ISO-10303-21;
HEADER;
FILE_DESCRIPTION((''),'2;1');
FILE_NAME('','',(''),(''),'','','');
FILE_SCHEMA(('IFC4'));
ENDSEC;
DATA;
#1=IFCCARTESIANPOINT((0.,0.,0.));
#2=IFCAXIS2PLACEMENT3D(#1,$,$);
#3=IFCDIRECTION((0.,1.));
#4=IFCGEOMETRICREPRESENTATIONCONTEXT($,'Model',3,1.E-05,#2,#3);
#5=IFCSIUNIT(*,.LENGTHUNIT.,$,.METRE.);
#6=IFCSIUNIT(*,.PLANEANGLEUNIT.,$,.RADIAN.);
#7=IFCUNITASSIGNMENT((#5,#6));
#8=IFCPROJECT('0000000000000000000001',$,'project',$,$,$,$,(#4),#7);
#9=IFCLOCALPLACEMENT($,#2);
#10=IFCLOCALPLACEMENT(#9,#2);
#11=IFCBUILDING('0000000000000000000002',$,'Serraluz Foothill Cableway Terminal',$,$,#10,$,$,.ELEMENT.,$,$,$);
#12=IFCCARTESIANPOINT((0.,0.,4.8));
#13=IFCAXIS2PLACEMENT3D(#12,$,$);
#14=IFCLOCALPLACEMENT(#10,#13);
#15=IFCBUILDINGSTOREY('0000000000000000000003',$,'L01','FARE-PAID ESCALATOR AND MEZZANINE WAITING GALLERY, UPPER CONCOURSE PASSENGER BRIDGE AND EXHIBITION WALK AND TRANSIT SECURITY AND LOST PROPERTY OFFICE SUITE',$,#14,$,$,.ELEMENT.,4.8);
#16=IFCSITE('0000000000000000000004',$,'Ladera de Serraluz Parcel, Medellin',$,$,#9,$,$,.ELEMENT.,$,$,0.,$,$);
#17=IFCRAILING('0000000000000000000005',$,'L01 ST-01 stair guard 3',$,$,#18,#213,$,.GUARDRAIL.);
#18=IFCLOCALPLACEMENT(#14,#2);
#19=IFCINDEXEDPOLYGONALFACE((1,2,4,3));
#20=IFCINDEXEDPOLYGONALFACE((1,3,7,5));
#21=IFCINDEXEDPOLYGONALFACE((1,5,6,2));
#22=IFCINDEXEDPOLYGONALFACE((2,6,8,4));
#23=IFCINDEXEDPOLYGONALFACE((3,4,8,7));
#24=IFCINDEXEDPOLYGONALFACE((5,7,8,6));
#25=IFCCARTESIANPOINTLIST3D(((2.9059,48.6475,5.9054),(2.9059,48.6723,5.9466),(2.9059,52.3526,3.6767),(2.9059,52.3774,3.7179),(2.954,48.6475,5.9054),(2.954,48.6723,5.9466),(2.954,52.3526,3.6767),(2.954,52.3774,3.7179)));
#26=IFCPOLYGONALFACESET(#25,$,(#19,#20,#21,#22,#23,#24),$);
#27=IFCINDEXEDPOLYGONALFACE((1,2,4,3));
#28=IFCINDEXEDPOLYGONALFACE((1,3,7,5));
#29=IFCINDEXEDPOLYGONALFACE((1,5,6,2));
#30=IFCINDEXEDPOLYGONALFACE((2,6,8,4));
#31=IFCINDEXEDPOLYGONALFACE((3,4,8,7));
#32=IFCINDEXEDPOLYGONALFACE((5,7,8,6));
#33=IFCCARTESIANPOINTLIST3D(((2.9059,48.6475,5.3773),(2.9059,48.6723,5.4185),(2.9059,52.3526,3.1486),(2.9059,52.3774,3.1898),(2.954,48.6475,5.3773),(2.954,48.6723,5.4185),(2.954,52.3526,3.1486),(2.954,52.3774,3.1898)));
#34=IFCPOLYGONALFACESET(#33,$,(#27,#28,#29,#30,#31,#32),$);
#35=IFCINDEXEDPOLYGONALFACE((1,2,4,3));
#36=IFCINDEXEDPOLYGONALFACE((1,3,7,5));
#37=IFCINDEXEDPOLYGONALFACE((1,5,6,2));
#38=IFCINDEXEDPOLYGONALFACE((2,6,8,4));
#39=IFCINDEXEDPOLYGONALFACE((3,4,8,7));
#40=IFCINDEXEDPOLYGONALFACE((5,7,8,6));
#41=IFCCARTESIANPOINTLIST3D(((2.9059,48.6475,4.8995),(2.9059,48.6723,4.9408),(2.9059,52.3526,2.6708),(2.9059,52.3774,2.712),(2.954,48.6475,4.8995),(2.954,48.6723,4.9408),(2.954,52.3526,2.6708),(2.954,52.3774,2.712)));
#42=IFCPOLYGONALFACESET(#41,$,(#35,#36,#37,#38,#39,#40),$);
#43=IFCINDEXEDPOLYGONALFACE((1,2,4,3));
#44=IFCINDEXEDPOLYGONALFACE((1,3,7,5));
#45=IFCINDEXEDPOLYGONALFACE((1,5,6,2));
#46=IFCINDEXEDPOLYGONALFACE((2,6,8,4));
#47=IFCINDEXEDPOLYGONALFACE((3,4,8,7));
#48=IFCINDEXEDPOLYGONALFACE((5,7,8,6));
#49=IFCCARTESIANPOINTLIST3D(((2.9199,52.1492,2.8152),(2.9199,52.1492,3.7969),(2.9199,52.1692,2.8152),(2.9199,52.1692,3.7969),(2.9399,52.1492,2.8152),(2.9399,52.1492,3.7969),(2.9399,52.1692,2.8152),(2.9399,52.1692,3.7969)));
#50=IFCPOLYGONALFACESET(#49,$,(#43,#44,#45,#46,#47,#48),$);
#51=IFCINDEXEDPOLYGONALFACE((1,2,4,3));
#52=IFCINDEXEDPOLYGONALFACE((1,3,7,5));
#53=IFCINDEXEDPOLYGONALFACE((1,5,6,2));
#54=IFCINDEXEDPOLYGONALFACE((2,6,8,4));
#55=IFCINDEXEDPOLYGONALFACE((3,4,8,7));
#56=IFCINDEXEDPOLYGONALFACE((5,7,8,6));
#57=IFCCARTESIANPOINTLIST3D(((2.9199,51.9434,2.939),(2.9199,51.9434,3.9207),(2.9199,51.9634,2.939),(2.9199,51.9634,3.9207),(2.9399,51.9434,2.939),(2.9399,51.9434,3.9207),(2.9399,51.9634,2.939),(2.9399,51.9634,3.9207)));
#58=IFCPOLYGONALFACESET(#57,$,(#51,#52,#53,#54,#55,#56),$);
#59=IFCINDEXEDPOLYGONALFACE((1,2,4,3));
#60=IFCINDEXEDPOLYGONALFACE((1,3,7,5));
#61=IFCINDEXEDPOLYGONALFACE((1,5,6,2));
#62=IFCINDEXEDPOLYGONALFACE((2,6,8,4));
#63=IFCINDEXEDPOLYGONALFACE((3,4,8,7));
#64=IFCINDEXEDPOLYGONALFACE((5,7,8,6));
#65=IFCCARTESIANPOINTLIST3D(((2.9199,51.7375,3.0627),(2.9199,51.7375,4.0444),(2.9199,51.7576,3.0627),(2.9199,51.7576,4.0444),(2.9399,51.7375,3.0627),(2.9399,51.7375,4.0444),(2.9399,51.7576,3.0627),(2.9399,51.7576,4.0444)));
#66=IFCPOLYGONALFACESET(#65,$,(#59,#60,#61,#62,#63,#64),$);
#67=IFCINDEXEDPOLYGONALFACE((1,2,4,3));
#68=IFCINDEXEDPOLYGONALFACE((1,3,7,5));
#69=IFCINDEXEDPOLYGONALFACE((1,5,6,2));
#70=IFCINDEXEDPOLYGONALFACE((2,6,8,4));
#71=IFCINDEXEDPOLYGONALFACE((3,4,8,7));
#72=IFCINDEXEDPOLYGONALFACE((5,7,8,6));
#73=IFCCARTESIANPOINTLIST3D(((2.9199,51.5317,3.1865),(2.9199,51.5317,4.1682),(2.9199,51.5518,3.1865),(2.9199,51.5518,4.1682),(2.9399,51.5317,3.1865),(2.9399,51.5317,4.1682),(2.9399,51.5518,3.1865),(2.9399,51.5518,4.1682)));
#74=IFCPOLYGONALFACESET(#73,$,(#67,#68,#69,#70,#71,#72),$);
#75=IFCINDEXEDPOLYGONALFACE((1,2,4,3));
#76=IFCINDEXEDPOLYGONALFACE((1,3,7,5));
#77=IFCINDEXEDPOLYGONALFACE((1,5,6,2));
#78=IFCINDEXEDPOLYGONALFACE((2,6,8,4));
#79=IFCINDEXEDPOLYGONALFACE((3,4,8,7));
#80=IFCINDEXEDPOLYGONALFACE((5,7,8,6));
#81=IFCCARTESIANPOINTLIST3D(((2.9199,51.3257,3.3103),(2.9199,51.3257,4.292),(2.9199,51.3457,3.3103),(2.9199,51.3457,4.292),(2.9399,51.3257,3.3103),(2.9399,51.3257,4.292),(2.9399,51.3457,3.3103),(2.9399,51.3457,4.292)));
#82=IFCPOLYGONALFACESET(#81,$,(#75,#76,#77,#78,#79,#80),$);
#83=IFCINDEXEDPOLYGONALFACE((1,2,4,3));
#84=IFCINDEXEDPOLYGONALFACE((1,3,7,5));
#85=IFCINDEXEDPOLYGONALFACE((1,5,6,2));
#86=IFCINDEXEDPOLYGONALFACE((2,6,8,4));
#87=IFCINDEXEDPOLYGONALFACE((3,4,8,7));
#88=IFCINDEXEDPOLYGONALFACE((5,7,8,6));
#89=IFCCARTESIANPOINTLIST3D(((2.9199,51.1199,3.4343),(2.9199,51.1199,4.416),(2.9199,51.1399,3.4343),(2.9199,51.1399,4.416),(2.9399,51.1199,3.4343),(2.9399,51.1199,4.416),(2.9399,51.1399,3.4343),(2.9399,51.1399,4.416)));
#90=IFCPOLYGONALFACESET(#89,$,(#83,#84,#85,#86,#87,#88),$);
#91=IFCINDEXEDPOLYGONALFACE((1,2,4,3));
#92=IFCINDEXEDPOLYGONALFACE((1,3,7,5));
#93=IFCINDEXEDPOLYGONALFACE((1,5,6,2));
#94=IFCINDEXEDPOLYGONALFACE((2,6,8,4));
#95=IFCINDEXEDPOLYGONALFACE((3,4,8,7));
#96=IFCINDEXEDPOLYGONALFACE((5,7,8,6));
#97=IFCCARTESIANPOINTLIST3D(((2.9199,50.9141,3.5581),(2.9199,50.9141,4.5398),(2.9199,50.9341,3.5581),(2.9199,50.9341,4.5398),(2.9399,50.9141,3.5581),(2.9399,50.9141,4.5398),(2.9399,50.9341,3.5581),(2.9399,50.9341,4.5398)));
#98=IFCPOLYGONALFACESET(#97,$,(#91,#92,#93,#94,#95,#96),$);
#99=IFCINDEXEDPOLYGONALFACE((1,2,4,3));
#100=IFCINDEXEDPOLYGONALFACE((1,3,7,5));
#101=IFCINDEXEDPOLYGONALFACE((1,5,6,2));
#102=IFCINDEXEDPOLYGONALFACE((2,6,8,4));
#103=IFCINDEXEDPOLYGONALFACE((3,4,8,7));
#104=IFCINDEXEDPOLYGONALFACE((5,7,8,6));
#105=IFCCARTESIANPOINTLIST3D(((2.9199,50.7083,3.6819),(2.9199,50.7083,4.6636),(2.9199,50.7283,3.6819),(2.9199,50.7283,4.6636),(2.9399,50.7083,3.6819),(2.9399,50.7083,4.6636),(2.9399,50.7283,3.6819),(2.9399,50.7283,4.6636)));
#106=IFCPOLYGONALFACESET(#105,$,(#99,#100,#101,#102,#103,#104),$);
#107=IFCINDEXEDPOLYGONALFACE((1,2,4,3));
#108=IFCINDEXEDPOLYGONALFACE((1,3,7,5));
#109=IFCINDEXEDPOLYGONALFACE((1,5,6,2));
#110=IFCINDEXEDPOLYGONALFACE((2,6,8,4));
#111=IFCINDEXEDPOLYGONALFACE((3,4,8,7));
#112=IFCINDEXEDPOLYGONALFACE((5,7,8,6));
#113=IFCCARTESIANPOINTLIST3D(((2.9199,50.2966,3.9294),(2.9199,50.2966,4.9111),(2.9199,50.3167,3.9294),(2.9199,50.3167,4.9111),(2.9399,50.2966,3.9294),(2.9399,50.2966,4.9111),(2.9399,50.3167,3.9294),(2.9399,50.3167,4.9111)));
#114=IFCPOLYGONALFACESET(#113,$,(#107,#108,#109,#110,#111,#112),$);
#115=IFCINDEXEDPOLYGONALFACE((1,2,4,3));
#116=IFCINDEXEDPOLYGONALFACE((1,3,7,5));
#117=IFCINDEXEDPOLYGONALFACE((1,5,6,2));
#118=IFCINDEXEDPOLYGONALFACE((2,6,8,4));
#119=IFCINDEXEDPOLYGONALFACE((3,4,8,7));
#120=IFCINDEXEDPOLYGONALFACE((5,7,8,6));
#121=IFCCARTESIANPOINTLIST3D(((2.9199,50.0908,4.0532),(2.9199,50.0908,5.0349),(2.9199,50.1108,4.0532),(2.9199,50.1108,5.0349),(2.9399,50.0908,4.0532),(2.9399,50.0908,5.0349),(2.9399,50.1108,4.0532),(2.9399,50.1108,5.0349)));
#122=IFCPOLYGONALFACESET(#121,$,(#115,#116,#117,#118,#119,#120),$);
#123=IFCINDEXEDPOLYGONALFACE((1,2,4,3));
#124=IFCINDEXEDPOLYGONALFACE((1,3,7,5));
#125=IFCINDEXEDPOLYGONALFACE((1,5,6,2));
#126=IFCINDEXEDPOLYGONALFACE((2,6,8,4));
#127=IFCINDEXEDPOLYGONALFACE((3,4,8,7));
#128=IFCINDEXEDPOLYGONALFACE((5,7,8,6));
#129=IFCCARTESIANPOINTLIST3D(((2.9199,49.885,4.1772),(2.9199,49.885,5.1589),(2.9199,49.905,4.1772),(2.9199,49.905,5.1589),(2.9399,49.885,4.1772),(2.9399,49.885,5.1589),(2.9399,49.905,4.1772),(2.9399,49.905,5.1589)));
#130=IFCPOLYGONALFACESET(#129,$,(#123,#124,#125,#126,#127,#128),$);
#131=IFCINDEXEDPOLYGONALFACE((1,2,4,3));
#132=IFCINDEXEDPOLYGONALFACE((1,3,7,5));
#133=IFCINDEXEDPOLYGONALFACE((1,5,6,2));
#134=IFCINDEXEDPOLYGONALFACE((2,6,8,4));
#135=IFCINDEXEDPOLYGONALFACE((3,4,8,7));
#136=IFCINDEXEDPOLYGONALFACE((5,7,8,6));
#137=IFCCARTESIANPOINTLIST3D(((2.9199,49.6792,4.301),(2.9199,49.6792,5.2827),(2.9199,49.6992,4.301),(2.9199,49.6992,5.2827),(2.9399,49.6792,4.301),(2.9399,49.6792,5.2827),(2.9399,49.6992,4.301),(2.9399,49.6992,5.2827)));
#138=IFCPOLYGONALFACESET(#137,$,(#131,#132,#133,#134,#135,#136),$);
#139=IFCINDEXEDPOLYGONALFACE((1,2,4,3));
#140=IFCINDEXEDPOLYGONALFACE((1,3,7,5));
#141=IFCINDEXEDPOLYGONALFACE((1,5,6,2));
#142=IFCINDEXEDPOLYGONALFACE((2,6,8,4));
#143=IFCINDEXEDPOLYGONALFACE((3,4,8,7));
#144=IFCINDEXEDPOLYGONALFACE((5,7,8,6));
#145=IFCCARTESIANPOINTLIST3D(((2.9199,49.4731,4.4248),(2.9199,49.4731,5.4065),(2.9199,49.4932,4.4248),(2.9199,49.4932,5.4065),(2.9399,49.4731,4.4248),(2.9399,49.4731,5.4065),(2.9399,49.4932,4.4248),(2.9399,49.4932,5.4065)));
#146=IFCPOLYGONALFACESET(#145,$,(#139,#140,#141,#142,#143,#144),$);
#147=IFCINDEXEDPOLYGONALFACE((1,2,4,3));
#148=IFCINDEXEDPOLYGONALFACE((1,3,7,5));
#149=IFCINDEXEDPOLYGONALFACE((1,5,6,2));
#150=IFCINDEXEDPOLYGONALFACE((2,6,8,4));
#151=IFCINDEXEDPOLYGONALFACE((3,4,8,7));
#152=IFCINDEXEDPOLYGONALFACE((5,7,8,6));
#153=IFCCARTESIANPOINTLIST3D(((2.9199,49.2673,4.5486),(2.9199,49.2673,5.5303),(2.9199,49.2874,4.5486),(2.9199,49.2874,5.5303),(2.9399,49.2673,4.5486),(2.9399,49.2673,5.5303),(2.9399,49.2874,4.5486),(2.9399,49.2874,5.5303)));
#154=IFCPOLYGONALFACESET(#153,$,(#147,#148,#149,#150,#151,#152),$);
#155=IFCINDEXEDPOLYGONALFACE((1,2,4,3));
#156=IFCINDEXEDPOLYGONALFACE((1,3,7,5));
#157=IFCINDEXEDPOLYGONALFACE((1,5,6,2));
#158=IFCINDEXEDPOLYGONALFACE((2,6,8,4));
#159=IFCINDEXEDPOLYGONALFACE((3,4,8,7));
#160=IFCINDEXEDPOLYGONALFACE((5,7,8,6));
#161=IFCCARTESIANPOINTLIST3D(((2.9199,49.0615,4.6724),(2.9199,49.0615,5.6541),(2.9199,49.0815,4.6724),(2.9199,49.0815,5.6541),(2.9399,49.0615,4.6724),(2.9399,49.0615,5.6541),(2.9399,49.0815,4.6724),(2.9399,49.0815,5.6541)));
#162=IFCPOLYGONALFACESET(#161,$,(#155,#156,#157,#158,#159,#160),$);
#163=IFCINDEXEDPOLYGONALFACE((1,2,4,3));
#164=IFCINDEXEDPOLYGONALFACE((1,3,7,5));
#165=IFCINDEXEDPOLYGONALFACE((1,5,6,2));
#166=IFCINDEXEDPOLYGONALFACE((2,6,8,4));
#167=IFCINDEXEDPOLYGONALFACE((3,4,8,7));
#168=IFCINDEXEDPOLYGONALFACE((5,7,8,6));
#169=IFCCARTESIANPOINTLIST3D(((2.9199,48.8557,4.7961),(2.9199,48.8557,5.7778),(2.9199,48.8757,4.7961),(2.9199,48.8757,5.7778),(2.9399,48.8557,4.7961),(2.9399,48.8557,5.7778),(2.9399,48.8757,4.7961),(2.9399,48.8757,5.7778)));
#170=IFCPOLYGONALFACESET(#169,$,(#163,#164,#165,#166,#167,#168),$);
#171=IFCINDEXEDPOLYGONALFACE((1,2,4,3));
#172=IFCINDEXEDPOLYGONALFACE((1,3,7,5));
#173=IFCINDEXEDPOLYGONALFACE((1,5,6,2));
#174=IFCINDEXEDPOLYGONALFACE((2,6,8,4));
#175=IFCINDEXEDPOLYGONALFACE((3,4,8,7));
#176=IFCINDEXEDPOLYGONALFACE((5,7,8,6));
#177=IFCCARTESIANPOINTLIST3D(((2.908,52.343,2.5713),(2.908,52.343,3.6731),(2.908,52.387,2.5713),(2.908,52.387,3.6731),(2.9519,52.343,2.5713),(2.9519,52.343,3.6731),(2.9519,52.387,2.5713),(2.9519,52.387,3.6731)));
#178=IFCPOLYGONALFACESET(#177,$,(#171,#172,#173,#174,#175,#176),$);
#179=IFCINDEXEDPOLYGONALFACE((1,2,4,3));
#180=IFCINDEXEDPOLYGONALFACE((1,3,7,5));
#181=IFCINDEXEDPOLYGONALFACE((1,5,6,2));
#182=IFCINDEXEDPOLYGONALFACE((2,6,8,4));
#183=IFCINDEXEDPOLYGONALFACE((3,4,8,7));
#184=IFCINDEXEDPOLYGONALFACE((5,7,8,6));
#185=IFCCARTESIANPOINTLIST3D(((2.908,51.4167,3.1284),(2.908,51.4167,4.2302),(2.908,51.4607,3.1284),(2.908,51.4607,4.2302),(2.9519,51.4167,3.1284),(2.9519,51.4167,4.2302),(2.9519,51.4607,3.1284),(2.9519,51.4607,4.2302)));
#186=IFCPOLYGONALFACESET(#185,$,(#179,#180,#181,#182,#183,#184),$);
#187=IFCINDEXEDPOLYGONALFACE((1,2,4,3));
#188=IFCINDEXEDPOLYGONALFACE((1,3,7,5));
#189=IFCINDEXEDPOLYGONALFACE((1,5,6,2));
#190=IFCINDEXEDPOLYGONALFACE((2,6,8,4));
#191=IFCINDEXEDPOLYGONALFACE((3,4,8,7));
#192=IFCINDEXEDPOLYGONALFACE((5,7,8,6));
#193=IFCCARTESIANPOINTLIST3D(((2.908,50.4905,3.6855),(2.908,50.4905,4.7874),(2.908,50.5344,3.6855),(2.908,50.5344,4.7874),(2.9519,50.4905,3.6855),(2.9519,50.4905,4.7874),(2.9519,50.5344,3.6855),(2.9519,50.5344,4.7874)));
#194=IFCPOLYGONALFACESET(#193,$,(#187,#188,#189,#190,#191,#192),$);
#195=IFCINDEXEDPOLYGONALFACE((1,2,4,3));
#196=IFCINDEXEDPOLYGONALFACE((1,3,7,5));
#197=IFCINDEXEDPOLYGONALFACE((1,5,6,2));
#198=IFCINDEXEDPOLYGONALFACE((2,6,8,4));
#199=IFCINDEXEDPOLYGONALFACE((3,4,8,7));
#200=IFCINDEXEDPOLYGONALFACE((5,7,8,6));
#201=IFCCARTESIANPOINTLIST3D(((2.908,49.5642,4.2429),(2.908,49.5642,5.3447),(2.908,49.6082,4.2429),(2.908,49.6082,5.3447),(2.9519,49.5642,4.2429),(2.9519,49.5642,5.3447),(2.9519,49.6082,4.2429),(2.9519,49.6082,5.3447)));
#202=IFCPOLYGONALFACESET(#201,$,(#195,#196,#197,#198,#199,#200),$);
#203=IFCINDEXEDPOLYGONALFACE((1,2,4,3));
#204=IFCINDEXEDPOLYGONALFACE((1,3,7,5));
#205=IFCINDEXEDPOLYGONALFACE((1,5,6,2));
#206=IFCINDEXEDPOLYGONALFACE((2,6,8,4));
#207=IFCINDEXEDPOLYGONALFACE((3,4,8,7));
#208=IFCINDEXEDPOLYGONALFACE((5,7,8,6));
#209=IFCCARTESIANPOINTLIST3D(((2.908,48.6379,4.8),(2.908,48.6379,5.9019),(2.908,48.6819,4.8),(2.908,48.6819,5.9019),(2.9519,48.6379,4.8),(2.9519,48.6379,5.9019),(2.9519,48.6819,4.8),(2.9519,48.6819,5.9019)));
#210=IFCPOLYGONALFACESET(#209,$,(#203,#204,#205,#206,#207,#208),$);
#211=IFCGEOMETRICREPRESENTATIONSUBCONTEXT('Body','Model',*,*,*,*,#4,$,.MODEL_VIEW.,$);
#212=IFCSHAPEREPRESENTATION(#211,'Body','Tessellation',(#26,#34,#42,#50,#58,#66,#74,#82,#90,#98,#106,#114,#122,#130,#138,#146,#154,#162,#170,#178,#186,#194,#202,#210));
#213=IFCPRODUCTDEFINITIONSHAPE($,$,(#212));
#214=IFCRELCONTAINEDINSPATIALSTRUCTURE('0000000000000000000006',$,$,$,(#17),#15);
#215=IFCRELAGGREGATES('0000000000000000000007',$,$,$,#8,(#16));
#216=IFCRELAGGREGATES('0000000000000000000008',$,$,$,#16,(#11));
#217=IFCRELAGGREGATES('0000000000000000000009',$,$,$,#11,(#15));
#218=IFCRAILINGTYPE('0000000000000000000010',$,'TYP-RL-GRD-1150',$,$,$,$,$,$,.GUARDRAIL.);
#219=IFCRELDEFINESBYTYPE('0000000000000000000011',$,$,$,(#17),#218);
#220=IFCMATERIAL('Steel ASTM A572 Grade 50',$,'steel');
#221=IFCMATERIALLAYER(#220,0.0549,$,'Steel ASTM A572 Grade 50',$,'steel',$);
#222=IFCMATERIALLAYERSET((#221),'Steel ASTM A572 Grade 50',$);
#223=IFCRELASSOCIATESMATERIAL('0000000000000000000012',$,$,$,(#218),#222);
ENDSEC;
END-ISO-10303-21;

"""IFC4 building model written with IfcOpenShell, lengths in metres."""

from ifc_helpers import new_model, si_unit, direction, frame, origin, origin_2d, place, context, subcontext, project, spatial, rectangle, extrude, material, layer, layer_set, type_object, element, save


model = new_model("IFC4")

# Units and contexts
model_context = context("Model", 3, precision=1e-05, world=origin(), true_north=direction((0.0, 1.0)))
body_context = subcontext(model_context, "Body", "Model", "MODEL_VIEW")
ifc_project = project(units=[si_unit("LENGTHUNIT", "METRE"), si_unit("PLANEANGLEUNIT", "RADIAN")], contexts=[model_context])

# Site, building, storey
site_placement = place(None, origin())
site = spatial("IfcSite", under=ifc_project, at=site_placement, Name="Ladera de Serraluz Parcel, Medellin", CompositionType="ELEMENT", RefElevation=0.0)
building_placement = place(site_placement, origin())
building = spatial("IfcBuilding", under=site, at=building_placement, Name="Serraluz Foothill Cableway Terminal", CompositionType="ELEMENT")
storey_placement = place(building_placement, frame((0.0, 0.0, 4.8)))
storey = spatial("IfcBuildingStorey", under=building, at=storey_placement, Name="L01", Description="FARE-PAID ESCALATOR AND MEZZANINE WAITING GALLERY, UPPER CONCOURSE PASSENGER BRIDGE AND EXHIBITION WALK AND TRANSIT SECURITY AND LOST PROPERTY OFFICE SUITE", CompositionType="ELEMENT", Elevation=4.8)

# Railing
ifc_material_1 = material(Name="Steel ASTM A572 Grade 50", Category="steel")
ifc_layer_1 = layer(ifc_material_1, 0.0549, Name="Steel ASTM A572 Grade 50", Category="steel")
ifc_layer_set_1 = layer_set([ifc_layer_1], Name="Steel ASTM A572 Grade 50")
railing_type_1 = type_object("IfcRailingType", Name="TYP-RL-GRD-1150", PredefinedType="GUARDRAIL", material=ifc_layer_set_1)
railing_1_placement = place(storey_placement, frame((2.9299, 52.365, 2.5713)))
element("IfcRailing", 1, at=railing_1_placement, inside=storey, type_object=railing_type_1, Name="L01 ST-01 stair guard 3", PredefinedType="GUARDRAIL", context=body_context, shape_type="SweptSolid", body=[
    extrude(rectangle(XDim=0.0481, YDim=0.0481, at=origin_2d()), frame((0.0, 0.0, 1.126), z_axis=(0.0, -0.856909, 0.515467), x_axis=(1.0, 0.0, 0.0)), (0.0, 0.0, 1.0), 4.3237),
    extrude(rectangle(XDim=0.0481, YDim=0.0481, at=origin_2d()), frame((0.0, 0.0, 0.5979), z_axis=(0.0, -0.856909, 0.515467), x_axis=(1.0, 0.0, 0.0)), (0.0, 0.0, 1.0), 4.3237),
    extrude(rectangle(XDim=0.0481, YDim=0.0481, at=origin_2d()), frame((0.0, 0.0, 0.1201), z_axis=(0.0, -0.856909, 0.515467), x_axis=(1.0, 0.0, 0.0)), (0.0, 0.0, 1.0), 4.3237),
    extrude(rectangle(XDim=0.02, YDim=0.02, at=origin_2d()), frame((0.0, -0.2058, 0.2439)), (0.0, 0.0, 1.0), 0.9817),
    extrude(rectangle(XDim=0.02, YDim=0.02, at=origin_2d()), frame((0.0, -0.4116, 0.3677)), (0.0, 0.0, 1.0), 0.9817),
    extrude(rectangle(XDim=0.02, YDim=0.02, at=origin_2d()), frame((0.0, -0.6174, 0.4915)), (0.0, 0.0, 1.0), 0.9817),
    extrude(rectangle(XDim=0.02, YDim=0.02, at=origin_2d()), frame((0.0, -0.8232, 0.6152)), (0.0, 0.0, 1.0), 0.9817),
    extrude(rectangle(XDim=0.02, YDim=0.02, at=origin_2d()), frame((0.0, -1.0293, 0.739)), (0.0, 0.0, 1.0), 0.9817),
    extrude(rectangle(XDim=0.02, YDim=0.02, at=origin_2d()), frame((0.0, -1.2351, 0.863)), (0.0, 0.0, 1.0), 0.9817),
    extrude(rectangle(XDim=0.02, YDim=0.02, at=origin_2d()), frame((0.0, -1.4409, 0.9868)), (0.0, 0.0, 1.0), 0.9817),
    extrude(rectangle(XDim=0.02, YDim=0.02, at=origin_2d()), frame((0.0, -1.6467, 1.1106)), (0.0, 0.0, 1.0), 0.9817),
    extrude(rectangle(XDim=0.02, YDim=0.02, at=origin_2d()), frame((0.0, -2.0583, 1.3582)), (0.0, 0.0, 1.0), 0.9817),
    extrude(rectangle(XDim=0.02, YDim=0.02, at=origin_2d()), frame((0.0, -2.2642, 1.4819)), (0.0, 0.0, 1.0), 0.9817),
    extrude(rectangle(XDim=0.02, YDim=0.02, at=origin_2d()), frame((0.0, -2.47, 1.606)), (0.0, 0.0, 1.0), 0.9817),
    extrude(rectangle(XDim=0.02, YDim=0.02, at=origin_2d()), frame((0.0, -2.6758, 1.7297)), (0.0, 0.0, 1.0), 0.9817),
    extrude(rectangle(XDim=0.02, YDim=0.02, at=origin_2d()), frame((0.0, -2.8818, 1.8535)), (0.0, 0.0, 1.0), 0.9817),
    extrude(rectangle(XDim=0.02, YDim=0.02, at=origin_2d()), frame((0.0, -3.0876, 1.9773)), (0.0, 0.0, 1.0), 0.9817),
    extrude(rectangle(XDim=0.02, YDim=0.02, at=origin_2d()), frame((0.0, -3.2935, 2.1011)), (0.0, 0.0, 1.0), 0.9817),
    extrude(rectangle(XDim=0.02, YDim=0.02, at=origin_2d()), frame((0.0, -3.4993, 2.2249)), (0.0, 0.0, 1.0), 0.9817),
    extrude(rectangle(XDim=0.0439, YDim=0.0439, at=origin_2d()), origin(), (0.0, 0.0, 1.0), 1.1018),
    extrude(rectangle(XDim=0.0439, YDim=0.0439, at=origin_2d()), frame((0.0, -0.9263, 0.5571)), (0.0, 0.0, 1.0), 1.1018),
    extrude(rectangle(XDim=0.0439, YDim=0.0439, at=origin_2d()), frame((0.0, -1.8525, 1.1143)), (0.0, 0.0, 1.0), 1.1018),
    extrude(rectangle(XDim=0.0439, YDim=0.0439, at=origin_2d()), frame((0.0, -2.7788, 1.6716)), (0.0, 0.0, 1.0), 1.1018),
    extrude(rectangle(XDim=0.0439, YDim=0.0439, at=origin_2d()), frame((0.0, -3.7051, 2.2288)), (0.0, 0.0, 1.0), 1.1018),
])

save(model, "model.ifc")
